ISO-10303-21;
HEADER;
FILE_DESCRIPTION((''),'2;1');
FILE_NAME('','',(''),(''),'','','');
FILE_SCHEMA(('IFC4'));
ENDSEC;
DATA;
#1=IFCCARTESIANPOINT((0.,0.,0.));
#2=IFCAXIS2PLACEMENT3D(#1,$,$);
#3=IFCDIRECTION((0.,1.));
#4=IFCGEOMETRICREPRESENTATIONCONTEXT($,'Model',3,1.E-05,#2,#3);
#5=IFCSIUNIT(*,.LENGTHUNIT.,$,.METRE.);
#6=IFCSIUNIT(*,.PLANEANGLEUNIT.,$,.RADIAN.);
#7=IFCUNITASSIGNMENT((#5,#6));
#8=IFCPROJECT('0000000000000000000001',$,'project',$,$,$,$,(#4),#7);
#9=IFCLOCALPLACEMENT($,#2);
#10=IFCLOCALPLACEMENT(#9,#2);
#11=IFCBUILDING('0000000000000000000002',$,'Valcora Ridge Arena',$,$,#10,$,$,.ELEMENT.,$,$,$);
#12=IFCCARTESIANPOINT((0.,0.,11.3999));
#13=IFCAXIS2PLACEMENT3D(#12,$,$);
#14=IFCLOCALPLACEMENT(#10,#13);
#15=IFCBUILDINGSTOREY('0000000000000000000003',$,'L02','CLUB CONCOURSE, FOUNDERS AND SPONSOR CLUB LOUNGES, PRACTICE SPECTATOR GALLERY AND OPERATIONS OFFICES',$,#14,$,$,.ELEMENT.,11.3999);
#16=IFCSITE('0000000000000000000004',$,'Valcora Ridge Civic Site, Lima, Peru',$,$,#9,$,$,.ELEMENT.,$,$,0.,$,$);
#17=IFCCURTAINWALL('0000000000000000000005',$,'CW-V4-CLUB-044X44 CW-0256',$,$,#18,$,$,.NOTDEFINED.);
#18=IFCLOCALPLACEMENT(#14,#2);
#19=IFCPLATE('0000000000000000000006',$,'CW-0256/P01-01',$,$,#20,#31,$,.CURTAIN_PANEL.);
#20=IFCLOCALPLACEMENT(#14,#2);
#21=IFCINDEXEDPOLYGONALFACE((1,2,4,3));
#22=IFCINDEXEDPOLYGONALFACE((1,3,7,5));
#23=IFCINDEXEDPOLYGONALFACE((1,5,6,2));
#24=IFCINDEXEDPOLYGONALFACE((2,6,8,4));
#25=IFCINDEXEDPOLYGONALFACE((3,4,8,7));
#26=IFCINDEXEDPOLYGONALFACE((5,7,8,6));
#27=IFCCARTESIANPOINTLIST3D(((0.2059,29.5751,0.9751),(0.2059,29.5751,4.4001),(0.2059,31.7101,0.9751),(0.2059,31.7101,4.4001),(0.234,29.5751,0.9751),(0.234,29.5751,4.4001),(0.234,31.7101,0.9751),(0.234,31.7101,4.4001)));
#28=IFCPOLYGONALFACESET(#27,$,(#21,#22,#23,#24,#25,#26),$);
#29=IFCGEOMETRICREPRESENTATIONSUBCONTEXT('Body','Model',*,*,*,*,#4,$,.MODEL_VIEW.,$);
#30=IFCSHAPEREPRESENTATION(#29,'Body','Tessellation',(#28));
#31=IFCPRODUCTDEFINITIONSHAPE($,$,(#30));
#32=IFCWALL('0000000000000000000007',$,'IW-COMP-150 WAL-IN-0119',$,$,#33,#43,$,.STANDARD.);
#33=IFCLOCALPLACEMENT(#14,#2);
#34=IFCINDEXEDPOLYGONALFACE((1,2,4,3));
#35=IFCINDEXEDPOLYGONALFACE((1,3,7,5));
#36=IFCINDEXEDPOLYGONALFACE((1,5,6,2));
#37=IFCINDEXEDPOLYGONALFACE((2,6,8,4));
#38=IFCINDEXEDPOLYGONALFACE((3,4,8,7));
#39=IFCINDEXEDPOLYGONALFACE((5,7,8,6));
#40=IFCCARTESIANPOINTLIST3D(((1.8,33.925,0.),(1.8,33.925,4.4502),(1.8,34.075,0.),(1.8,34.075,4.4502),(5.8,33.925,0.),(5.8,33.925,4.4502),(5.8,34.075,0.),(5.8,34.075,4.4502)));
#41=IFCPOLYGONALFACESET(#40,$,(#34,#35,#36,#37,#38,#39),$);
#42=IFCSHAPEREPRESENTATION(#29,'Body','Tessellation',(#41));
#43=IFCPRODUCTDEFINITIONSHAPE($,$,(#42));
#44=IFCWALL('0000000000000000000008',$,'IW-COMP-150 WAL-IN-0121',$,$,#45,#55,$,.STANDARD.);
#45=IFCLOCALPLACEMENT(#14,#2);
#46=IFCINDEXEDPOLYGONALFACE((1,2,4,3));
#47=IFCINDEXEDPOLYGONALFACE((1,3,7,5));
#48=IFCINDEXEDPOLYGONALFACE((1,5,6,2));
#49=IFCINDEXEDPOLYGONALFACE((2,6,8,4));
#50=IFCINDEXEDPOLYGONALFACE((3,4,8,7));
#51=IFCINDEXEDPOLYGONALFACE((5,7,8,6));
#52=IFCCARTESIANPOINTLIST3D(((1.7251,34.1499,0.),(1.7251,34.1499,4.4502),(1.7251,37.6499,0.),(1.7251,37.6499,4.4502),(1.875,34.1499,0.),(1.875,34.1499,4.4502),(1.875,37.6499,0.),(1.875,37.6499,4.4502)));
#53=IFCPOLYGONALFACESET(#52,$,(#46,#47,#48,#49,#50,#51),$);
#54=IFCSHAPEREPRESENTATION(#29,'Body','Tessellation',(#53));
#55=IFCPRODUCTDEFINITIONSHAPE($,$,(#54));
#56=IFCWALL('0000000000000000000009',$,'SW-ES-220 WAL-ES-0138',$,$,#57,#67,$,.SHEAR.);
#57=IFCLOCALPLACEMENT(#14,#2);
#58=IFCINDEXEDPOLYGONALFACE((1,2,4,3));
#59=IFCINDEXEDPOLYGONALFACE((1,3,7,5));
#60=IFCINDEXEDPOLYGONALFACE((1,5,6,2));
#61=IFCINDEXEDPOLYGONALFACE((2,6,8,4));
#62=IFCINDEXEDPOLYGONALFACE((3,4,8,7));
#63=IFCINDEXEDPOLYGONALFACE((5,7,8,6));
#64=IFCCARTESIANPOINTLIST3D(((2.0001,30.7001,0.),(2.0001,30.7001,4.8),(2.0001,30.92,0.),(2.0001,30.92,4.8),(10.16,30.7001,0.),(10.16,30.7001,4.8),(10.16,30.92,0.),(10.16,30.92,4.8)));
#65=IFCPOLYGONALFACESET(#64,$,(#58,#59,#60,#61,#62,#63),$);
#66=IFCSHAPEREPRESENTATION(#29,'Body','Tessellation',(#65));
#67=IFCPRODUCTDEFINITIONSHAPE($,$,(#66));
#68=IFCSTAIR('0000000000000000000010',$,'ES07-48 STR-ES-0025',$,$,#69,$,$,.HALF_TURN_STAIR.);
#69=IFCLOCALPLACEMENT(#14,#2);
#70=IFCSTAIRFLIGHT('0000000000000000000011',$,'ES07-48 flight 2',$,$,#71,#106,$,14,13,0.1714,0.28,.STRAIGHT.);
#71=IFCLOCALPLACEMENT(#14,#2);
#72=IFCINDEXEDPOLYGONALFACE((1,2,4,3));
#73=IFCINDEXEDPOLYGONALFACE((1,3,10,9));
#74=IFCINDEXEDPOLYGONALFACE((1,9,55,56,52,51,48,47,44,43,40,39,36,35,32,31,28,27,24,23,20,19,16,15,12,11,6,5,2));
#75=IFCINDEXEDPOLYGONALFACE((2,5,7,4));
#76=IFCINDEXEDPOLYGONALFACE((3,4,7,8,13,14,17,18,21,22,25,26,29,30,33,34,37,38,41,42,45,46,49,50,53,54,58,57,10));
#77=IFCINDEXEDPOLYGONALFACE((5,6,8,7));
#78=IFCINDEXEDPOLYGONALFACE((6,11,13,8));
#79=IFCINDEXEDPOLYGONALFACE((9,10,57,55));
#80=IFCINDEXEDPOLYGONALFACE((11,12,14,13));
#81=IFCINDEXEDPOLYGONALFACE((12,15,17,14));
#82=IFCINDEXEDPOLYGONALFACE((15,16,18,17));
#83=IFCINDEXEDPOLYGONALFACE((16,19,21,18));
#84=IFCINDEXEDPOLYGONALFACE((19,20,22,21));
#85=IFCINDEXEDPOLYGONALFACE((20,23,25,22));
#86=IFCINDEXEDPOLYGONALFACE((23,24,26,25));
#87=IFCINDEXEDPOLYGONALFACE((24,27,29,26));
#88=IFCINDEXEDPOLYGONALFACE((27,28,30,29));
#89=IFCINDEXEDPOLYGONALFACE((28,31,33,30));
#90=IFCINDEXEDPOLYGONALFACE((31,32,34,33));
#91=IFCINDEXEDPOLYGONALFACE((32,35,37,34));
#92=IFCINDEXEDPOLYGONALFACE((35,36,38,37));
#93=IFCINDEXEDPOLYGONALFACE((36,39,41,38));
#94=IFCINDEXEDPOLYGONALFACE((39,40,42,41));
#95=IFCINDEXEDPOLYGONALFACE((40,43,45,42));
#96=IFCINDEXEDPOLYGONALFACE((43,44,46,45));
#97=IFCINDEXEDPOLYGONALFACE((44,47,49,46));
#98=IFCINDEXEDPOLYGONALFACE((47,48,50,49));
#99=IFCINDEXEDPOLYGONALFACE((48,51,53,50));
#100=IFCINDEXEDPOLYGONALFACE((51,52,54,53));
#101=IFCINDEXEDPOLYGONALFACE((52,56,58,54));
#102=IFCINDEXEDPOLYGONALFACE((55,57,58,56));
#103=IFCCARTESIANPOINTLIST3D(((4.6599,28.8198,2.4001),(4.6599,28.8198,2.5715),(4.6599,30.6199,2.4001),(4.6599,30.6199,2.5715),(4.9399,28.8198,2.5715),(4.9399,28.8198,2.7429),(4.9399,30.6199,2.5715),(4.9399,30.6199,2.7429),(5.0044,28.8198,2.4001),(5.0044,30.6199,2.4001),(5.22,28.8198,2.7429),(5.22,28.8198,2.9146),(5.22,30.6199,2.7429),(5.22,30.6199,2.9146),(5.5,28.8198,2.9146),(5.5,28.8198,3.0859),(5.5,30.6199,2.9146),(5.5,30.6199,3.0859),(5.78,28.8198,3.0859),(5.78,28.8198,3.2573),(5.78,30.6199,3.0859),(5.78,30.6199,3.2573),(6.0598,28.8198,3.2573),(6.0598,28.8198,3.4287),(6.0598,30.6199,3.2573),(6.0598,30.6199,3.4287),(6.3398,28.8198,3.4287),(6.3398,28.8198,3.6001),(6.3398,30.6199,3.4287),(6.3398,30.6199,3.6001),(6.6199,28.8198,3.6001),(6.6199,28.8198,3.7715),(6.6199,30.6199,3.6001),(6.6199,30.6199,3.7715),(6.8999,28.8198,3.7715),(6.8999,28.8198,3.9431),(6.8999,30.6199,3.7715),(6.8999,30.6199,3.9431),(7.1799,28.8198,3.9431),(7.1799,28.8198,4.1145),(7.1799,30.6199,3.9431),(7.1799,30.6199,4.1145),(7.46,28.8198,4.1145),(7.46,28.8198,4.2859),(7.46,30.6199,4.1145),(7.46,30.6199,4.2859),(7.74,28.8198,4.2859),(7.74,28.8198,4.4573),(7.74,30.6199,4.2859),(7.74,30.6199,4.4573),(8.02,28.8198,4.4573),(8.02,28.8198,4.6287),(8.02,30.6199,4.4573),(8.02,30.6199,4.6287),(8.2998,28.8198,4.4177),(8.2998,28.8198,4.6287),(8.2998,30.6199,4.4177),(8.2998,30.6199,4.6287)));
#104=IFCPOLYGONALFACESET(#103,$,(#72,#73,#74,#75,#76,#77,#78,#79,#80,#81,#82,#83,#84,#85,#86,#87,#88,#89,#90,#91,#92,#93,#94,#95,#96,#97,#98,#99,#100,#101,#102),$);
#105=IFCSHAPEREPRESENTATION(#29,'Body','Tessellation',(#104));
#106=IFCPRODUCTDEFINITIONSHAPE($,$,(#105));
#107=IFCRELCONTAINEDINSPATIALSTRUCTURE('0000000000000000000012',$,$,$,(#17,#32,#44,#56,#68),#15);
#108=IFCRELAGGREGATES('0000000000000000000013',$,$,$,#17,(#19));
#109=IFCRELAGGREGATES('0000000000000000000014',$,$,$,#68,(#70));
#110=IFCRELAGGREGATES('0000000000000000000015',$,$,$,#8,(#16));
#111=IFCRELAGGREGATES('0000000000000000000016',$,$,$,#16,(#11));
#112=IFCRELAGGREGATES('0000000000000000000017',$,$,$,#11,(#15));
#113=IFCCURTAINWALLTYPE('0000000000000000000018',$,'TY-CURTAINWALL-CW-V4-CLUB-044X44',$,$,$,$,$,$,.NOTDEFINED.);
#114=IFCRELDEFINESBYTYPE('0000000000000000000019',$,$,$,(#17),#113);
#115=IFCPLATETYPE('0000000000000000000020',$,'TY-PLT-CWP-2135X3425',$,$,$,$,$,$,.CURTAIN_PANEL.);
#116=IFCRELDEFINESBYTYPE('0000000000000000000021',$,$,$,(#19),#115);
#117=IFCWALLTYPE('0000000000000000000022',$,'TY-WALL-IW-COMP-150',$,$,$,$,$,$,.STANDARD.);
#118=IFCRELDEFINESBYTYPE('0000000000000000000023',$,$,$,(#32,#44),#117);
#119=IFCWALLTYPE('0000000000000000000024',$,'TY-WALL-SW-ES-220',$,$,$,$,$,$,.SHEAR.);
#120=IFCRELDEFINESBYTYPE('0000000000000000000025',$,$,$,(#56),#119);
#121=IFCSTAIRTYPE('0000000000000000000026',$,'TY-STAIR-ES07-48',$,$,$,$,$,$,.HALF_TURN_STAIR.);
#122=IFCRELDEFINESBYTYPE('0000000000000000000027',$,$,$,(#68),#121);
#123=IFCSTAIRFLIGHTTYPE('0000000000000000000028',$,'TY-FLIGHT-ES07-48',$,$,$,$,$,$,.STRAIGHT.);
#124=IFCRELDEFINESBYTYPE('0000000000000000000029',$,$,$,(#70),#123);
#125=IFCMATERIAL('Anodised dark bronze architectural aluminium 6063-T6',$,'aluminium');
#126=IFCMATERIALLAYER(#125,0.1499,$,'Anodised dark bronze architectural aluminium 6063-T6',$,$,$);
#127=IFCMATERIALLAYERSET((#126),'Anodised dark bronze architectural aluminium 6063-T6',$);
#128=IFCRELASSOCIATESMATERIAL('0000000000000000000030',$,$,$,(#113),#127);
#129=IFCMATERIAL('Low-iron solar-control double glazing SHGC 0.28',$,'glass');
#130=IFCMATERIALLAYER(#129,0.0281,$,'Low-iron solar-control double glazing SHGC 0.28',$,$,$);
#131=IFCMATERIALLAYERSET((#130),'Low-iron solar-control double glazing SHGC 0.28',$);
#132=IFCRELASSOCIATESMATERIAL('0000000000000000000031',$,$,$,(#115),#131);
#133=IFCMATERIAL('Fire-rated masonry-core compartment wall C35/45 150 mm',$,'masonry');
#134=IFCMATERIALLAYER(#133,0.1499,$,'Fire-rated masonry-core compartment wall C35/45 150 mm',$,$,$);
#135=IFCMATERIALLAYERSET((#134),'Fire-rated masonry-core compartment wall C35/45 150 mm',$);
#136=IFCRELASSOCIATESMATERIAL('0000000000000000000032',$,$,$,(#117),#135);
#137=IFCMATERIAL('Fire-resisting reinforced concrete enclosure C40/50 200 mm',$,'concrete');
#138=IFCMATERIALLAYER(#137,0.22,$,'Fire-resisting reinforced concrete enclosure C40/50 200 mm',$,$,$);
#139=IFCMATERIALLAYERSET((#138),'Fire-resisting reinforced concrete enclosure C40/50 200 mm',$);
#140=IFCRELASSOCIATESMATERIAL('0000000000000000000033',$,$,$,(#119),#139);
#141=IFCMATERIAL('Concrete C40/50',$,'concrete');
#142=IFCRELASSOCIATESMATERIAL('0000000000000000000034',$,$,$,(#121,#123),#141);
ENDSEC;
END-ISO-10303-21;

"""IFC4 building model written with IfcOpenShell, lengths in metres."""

from ifc_helpers import new_model, si_unit, direction, frame, frame_2d, origin, origin_2d, place, context, subcontext, project, spatial, polyline, rectangle, outline, extrude, material, layer, layer_set, type_object, element, aggregate, save


model = new_model("IFC4")

# Units and contexts
model_context = context("Model", 3, precision=1e-05, world=origin(), true_north=direction((0.0, 1.0)))
body_context = subcontext(model_context, "Body", "Model", "MODEL_VIEW")
ifc_project = project(units=[si_unit("LENGTHUNIT", "METRE"), si_unit("PLANEANGLEUNIT", "RADIAN")], contexts=[model_context])

# Site, building, storey
site_placement = place(None, origin())
site = spatial("IfcSite", under=ifc_project, at=site_placement, Name="Valcora Ridge Civic Site, Lima, Peru", CompositionType="ELEMENT", RefElevation=0.0)
building_placement = place(site_placement, origin())
building = spatial("IfcBuilding", under=site, at=building_placement, Name="Valcora Ridge Arena", CompositionType="ELEMENT")
storey_placement = place(building_placement, frame((0.0, 0.0, 11.3999)))
storey = spatial("IfcBuildingStorey", under=building, at=storey_placement, Name="L02", Description="CLUB CONCOURSE, FOUNDERS AND SPONSOR CLUB LOUNGES, PRACTICE SPECTATOR GALLERY AND OPERATIONS OFFICES", CompositionType="ELEMENT", Elevation=11.3999)

# Shared definitions
ifc_material_1 = material(Name="Concrete C40/50", Category="concrete")

# Curtain wall
ifc_material_2 = material(Name="Anodised dark bronze architectural aluminium 6063-T6", Category="aluminium")
ifc_layer_1 = layer(ifc_material_2, 0.1499, Name="Anodised dark bronze architectural aluminium 6063-T6")
ifc_layer_set_1 = layer_set([ifc_layer_1], Name="Anodised dark bronze architectural aluminium 6063-T6")
curtain_wall_type_1 = type_object("IfcCurtainWallType", Name="TY-CURTAINWALL-CW-V4-CLUB-044X44", PredefinedType="NOTDEFINED", material=ifc_layer_set_1)
curtain_wall_1_placement = place(storey_placement, origin())
curtain_wall_1 = element("IfcCurtainWall", 1, at=curtain_wall_1_placement, inside=storey, type_object=curtain_wall_type_1, Name="CW-V4-CLUB-044X44 CW-0256", PredefinedType="NOTDEFINED")

# Plate
ifc_material_3 = material(Name="Low-iron solar-control double glazing SHGC 0.28", Category="glass")
ifc_layer_2 = layer(ifc_material_3, 0.0281, Name="Low-iron solar-control double glazing SHGC 0.28")
ifc_layer_set_2 = layer_set([ifc_layer_2], Name="Low-iron solar-control double glazing SHGC 0.28")
plate_type_1 = type_object("IfcPlateType", Name="TY-PLT-CWP-2135X3425", PredefinedType="CURTAIN_PANEL", material=ifc_layer_set_2)
plate_1_placement = place(storey_placement, frame((0.22, 30.6426, 0.9751), z_axis=(0.0, 0.0, 1.0), x_axis=(0.0, 1.0, 0.0)))
plate_1 = element("IfcPlate", 2, at=plate_1_placement, type_object=plate_type_1, Name="CW-0256/P01-01", PredefinedType="CURTAIN_PANEL", context=body_context, shape_type="SweptSolid", body=[
    extrude(rectangle(XDim=2.135, YDim=0.0281, at=origin_2d()), origin(), (0.0, 0.0, 1.0), 3.425),
])
aggregate(curtain_wall_1, [plate_1])

# Walls
ifc_material_4 = material(Name="Fire-rated masonry-core compartment wall C35/45 150 mm", Category="masonry")
ifc_layer_3 = layer(ifc_material_4, 0.1499, Name="Fire-rated masonry-core compartment wall C35/45 150 mm")
ifc_layer_set_3 = layer_set([ifc_layer_3], Name="Fire-rated masonry-core compartment wall C35/45 150 mm")
wall_type_1 = type_object("IfcWallType", Name="TY-WALL-IW-COMP-150", PredefinedType="STANDARD", material=ifc_layer_set_3)
wall_1_placement = place(storey_placement, frame((1.8, 34.0, 0.0), z_axis=(0.0, 0.0, 1.0), x_axis=(1.0, 0.0, 0.0)))
element("IfcWall", 3, at=wall_1_placement, inside=storey, type_object=wall_type_1, Name="IW-COMP-150 WAL-IN-0119", PredefinedType="STANDARD", context=body_context, shape_type="SweptSolid", body=[
    extrude(rectangle(XDim=4.0, YDim=0.1499, at=frame_2d((2.0, 0.0))), origin(), (0.0, 0.0, 1.0), 4.4502),
])
wall_2_placement = place(storey_placement, frame((1.8, 34.1499, 0.0), z_axis=(0.0, 0.0, 1.0), x_axis=(0.0, 1.0, 0.0)))
element("IfcWall", 4, at=wall_2_placement, inside=storey, type_object=wall_type_1, Name="IW-COMP-150 WAL-IN-0121", PredefinedType="STANDARD", context=body_context, shape_type="SweptSolid", body=[
    extrude(rectangle(XDim=3.5, YDim=0.1499, at=frame_2d((1.75, 0.0))), origin(), (0.0, 0.0, 1.0), 4.4502),
])
ifc_material_5 = material(Name="Fire-resisting reinforced concrete enclosure C40/50 200 mm", Category="concrete")
ifc_layer_4 = layer(ifc_material_5, 0.22, Name="Fire-resisting reinforced concrete enclosure C40/50 200 mm")
ifc_layer_set_4 = layer_set([ifc_layer_4], Name="Fire-resisting reinforced concrete enclosure C40/50 200 mm")
wall_type_2 = type_object("IfcWallType", Name="TY-WALL-SW-ES-220", PredefinedType="SHEAR", material=ifc_layer_set_4)
wall_3_placement = place(storey_placement, frame((2.0, 30.8101, 0.0), z_axis=(0.0, 0.0, 1.0), x_axis=(1.0, 0.0, 0.0)))
element("IfcWall", 5, at=wall_3_placement, inside=storey, type_object=wall_type_2, Name="SW-ES-220 WAL-ES-0138", PredefinedType="SHEAR", context=body_context, shape_type="SweptSolid", body=[
    extrude(rectangle(XDim=8.1599, YDim=0.22, at=frame_2d((4.0801, 0.0))), origin(), (0.0, 0.0, 1.0), 4.8),
])

# Stair, stair flight
stair_type = type_object("IfcStairType", Name="TY-STAIR-ES07-48", PredefinedType="HALF_TURN_STAIR", material=ifc_material_1)
stair_placement = place(storey_placement, origin())
stair = element("IfcStair", 6, at=stair_placement, inside=storey, type_object=stair_type, Name="ES07-48 STR-ES-0025", PredefinedType="HALF_TURN_STAIR")
stair_flight_type = type_object("IfcStairFlightType", Name="TY-FLIGHT-ES07-48", PredefinedType="STRAIGHT", material=ifc_material_1)
stair_flight_placement = place(storey_placement, frame((4.6599, 29.72, 2.4001), z_axis=(0.0, 0.0, 1.0), x_axis=(1.0, 0.0, 0.0)))
stair_flight = element("IfcStairFlight", 7, at=stair_flight_placement, type_object=stair_flight_type, Name="ES07-48 flight 2", NumberOfRisers=14, NumberOfTreads=13, PredefinedType="STRAIGHT", RiserHeight=0.1714, TreadLength=0.28, context=body_context, shape_type="SweptSolid", body=[
    extrude(outline(polyline([(0.0, 0.0), (0.0, 0.1714), (0.28, 0.1714), (0.28, 0.3428), (0.5601, 0.3428), (0.5601, 0.5144), (0.8401, 0.5144), (0.8401, 0.6858), (1.1201, 0.6858), (1.1201, 0.8572), (1.3999, 0.8572), (1.3999, 1.0286), (1.6799, 1.0286), (1.6799, 1.2), (1.96, 1.2), (1.96, 1.3713), (2.24, 1.3713), (2.24, 1.543), (2.52, 1.543), (2.52, 1.7144), (2.8, 1.7144), (2.8, 1.8857), (3.0801, 1.8857), (3.0801, 2.0571), (3.3601, 2.0571), (3.3601, 2.2285), (3.6399, 2.2285), (3.6399, 2.3999), (3.6399, 2.0176), (0.3445, 0.0), (0.0, 0.0)])), frame((0.0, 0.8999, 0.0), z_axis=(0.0, -1.0, 0.0), x_axis=(1.0, 0.0, 0.0)), (0.0, 0.0, 1.0), 1.8),
])
aggregate(stair, [stair_flight])

save(model, "model.ifc")
